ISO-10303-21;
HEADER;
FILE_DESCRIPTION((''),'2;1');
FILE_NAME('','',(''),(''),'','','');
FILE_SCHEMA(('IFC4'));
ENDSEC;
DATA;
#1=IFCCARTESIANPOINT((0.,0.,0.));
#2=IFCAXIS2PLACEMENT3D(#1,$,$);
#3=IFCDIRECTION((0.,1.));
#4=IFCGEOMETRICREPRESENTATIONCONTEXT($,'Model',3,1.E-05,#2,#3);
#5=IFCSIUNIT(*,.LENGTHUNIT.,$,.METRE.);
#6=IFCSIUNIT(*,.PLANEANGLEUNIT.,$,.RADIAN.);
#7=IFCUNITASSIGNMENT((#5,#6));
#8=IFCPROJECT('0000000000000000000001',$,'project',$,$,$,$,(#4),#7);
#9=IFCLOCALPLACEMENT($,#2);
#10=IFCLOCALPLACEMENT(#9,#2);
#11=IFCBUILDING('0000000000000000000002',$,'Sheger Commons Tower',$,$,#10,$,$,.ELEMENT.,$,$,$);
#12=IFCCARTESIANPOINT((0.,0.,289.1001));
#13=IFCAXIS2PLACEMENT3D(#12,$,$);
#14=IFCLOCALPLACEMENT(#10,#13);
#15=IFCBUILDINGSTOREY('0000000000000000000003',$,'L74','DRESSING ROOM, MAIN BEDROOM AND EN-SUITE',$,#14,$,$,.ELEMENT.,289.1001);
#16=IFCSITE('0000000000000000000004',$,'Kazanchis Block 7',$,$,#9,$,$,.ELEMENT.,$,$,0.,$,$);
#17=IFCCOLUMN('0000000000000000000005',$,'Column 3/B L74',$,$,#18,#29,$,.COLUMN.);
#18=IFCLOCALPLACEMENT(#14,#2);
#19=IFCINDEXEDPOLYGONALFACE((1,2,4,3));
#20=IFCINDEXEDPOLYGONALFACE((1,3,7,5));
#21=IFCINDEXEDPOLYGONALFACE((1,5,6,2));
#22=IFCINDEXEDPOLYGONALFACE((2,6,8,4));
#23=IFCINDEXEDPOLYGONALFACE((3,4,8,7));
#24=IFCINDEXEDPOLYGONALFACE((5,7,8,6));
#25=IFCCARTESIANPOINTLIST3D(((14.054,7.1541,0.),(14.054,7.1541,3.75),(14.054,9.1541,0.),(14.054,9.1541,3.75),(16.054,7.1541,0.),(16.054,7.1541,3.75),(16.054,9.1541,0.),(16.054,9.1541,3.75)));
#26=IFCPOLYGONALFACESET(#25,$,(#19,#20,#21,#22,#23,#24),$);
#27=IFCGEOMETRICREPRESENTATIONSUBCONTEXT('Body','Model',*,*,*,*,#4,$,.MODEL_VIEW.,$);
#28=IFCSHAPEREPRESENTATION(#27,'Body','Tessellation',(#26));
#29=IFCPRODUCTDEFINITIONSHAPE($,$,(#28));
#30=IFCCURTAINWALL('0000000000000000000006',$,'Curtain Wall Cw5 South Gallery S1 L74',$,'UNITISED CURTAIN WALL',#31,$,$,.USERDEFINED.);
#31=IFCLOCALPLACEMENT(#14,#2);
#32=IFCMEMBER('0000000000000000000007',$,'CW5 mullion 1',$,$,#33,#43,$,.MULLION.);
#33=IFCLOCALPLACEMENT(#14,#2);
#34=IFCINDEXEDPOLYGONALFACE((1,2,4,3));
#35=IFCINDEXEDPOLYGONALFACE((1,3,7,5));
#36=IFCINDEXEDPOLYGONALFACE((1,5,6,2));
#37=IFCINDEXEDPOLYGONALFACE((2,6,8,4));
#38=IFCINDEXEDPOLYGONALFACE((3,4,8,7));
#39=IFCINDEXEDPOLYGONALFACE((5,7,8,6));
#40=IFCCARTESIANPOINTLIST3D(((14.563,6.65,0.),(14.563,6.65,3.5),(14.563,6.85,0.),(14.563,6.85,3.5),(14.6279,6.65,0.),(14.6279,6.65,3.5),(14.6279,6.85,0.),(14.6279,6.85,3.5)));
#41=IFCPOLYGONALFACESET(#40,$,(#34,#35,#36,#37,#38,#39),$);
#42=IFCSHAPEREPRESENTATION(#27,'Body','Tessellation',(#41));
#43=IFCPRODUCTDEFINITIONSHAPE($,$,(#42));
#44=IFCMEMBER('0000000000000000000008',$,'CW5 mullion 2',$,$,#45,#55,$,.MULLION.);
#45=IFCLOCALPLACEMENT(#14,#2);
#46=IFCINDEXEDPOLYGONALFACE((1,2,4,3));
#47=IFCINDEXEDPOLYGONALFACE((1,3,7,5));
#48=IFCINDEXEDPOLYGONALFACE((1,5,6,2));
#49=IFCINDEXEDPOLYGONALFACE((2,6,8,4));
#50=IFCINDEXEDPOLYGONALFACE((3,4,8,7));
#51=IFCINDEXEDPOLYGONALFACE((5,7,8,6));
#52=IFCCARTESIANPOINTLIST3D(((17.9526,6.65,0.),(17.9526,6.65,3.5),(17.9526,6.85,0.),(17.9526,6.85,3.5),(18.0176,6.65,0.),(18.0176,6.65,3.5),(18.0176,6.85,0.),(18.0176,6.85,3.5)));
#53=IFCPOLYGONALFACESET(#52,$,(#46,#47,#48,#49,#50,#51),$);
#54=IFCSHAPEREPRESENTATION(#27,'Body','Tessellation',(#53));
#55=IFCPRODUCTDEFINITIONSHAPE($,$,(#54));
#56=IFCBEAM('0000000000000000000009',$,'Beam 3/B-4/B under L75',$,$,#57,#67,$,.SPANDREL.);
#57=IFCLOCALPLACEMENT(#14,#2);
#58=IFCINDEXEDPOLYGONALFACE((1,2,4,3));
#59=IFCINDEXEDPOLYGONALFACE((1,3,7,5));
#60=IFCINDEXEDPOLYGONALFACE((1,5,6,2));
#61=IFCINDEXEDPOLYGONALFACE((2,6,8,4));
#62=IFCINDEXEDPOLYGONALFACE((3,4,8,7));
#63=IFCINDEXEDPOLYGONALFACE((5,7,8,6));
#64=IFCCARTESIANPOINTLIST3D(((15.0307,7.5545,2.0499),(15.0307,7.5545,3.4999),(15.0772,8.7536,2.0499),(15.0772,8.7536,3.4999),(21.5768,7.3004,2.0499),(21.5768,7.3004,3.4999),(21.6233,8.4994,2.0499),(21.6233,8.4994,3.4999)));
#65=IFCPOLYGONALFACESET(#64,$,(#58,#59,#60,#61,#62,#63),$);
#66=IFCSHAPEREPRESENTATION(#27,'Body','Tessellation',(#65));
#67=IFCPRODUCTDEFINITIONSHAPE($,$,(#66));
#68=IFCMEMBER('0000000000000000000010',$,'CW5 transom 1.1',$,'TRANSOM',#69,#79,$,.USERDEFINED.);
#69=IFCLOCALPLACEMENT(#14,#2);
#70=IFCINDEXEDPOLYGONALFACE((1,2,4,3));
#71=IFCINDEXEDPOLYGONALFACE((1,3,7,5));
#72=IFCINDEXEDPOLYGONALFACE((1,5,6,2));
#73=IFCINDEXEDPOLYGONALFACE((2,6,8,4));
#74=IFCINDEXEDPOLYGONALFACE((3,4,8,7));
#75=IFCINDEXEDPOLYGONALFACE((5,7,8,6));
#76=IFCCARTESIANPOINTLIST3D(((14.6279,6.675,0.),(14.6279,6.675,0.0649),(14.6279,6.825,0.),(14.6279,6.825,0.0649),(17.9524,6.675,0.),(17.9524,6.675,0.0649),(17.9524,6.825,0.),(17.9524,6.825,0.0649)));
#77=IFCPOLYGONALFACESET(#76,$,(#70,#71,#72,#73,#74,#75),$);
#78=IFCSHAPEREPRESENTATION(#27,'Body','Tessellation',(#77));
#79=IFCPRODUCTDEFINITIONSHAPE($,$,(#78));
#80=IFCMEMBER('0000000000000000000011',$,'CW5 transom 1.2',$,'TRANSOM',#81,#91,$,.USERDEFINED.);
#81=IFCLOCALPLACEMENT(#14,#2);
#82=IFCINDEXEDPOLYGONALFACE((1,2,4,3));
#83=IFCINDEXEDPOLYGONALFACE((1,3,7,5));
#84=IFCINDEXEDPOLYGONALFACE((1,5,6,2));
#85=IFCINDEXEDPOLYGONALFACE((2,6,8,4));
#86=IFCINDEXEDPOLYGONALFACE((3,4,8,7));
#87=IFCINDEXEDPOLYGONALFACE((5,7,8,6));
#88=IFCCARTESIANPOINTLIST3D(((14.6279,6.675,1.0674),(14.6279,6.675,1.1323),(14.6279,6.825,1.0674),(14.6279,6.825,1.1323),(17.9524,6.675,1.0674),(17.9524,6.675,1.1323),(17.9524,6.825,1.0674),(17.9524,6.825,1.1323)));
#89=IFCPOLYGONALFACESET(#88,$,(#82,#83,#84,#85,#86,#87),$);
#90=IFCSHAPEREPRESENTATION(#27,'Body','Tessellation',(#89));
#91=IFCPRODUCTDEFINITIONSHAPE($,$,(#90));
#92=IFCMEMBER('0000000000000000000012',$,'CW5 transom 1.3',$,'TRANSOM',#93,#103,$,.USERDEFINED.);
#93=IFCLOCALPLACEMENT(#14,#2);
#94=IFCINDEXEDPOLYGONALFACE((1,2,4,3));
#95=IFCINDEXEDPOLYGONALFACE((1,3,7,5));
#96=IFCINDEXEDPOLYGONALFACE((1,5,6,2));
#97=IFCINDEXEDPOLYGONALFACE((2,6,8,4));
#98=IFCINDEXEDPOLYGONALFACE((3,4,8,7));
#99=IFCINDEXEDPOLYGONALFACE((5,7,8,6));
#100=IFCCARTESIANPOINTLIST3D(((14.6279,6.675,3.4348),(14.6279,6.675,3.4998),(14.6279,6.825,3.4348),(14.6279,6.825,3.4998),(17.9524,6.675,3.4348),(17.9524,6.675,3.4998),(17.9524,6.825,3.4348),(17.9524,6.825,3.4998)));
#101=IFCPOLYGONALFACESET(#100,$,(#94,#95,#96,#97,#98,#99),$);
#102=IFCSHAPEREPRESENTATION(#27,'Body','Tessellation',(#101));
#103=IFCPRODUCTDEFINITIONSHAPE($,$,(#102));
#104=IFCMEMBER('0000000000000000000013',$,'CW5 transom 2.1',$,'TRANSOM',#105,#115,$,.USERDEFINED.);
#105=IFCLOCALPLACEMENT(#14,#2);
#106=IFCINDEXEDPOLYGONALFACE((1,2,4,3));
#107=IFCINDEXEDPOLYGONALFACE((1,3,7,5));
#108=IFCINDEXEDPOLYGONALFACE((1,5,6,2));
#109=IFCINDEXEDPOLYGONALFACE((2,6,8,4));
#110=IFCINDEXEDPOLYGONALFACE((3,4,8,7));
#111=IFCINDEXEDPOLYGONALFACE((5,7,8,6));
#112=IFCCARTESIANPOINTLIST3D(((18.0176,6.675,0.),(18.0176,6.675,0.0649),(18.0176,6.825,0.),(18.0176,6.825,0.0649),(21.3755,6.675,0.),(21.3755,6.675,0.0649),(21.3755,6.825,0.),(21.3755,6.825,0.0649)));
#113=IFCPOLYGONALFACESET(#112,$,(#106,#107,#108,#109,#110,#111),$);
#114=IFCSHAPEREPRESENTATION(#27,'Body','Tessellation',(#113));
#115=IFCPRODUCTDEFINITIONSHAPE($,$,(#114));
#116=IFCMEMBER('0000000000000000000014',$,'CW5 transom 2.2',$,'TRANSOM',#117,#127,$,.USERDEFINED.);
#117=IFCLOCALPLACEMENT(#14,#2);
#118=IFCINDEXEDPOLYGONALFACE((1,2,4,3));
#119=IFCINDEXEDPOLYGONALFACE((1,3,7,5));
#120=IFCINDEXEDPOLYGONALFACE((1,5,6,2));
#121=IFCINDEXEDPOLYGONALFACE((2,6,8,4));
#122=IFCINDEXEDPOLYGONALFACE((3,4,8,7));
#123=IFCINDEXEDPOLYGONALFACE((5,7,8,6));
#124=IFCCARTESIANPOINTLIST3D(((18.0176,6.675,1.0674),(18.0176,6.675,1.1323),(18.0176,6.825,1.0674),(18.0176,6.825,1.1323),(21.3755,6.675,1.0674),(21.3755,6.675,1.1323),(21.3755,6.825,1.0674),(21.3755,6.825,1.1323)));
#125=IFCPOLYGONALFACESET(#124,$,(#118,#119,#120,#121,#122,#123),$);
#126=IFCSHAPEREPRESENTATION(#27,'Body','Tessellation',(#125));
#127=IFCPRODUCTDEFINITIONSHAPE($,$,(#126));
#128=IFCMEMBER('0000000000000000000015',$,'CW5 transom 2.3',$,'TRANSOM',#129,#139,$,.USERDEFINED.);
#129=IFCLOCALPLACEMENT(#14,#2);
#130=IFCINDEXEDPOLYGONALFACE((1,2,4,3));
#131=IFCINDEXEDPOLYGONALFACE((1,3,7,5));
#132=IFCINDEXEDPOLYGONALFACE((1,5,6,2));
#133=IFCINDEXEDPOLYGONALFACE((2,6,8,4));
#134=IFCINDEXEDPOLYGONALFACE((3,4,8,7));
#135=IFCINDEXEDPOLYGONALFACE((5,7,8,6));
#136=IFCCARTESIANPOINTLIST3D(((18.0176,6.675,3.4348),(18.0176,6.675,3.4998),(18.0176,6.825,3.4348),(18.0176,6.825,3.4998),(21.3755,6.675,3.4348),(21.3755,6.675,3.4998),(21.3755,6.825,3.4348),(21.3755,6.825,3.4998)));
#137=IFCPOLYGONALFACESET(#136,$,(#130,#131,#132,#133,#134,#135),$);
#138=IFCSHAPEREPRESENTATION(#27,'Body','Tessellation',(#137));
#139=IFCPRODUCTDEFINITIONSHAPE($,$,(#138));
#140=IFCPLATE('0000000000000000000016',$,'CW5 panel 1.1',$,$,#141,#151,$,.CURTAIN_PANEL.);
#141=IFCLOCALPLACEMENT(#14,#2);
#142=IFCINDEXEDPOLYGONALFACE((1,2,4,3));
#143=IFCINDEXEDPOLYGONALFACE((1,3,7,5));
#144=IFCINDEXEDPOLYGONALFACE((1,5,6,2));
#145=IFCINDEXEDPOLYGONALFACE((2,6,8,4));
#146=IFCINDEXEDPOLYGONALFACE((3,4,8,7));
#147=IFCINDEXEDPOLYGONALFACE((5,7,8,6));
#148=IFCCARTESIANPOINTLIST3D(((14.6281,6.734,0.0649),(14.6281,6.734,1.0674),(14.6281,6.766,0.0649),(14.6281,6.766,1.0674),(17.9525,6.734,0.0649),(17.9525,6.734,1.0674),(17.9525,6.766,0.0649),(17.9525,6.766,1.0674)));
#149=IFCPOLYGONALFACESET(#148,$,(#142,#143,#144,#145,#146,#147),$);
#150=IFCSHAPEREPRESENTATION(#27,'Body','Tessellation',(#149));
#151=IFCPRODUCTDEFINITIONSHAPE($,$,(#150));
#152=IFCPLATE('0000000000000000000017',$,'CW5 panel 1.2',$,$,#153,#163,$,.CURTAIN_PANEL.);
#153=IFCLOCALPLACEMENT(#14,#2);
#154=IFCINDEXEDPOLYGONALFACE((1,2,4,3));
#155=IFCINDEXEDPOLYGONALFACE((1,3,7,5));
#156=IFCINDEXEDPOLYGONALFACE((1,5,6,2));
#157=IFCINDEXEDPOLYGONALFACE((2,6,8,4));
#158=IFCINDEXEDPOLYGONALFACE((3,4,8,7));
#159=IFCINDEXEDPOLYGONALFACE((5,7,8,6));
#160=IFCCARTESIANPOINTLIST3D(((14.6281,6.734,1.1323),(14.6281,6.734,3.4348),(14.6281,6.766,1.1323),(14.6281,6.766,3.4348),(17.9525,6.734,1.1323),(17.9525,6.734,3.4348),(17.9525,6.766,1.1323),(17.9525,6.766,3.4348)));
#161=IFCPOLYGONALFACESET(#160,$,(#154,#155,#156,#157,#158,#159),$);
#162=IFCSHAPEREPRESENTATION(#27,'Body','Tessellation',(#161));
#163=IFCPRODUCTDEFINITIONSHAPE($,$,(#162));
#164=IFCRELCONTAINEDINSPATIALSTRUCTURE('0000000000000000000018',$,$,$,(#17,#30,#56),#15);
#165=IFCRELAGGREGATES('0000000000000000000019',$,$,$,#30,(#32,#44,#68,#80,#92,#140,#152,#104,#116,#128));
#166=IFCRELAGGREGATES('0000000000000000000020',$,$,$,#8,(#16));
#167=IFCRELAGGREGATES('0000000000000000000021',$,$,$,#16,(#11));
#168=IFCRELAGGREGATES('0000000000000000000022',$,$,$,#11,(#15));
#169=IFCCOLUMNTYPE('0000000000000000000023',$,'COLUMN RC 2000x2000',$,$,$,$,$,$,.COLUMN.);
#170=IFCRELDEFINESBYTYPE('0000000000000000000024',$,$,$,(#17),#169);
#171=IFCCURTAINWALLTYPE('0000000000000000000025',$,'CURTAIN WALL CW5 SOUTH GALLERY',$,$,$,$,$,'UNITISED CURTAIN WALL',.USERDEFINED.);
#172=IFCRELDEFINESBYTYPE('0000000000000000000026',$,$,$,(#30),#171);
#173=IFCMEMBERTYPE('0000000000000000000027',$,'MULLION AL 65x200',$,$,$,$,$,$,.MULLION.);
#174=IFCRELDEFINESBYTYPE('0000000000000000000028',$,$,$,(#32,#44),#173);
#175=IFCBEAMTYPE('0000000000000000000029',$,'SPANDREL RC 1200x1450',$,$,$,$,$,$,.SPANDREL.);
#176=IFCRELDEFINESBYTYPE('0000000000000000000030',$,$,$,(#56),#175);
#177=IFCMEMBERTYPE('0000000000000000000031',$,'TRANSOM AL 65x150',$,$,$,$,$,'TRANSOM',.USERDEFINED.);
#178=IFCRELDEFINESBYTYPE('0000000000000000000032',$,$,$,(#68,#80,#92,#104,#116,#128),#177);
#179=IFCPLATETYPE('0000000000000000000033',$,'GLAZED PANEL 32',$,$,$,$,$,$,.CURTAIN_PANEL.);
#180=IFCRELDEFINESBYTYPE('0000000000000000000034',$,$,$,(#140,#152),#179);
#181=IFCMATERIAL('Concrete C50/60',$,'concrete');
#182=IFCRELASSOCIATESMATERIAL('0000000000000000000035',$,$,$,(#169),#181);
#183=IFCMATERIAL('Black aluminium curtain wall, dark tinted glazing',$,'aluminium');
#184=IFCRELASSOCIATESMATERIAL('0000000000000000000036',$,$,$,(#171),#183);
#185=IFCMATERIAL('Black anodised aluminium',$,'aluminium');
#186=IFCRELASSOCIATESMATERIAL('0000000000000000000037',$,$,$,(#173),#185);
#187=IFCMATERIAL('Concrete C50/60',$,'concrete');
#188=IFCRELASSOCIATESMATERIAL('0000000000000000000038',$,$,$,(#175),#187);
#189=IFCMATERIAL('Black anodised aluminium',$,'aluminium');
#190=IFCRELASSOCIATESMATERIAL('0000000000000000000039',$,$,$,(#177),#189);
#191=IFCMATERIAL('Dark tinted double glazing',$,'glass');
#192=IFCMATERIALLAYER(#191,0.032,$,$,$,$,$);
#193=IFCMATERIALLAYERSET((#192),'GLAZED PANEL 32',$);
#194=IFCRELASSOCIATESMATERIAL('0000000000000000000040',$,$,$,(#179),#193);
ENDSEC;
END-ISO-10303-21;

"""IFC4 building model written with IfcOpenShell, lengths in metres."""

from ifc_helpers import new_model, si_unit, direction, frame, origin, origin_2d, place, context, subcontext, project, spatial, rectangle, extrude, material, layer, layer_set, material_profile, profile_set, type_object, element, aggregate, save


model = new_model("IFC4")

# Units and contexts
model_context = context("Model", 3, precision=1e-05, world=origin(), true_north=direction((0.0, 1.0)))
body_context = subcontext(model_context, "Body", "Model", "MODEL_VIEW")
ifc_project = project(units=[si_unit("LENGTHUNIT", "METRE"), si_unit("PLANEANGLEUNIT", "RADIAN")], contexts=[model_context])

# Site, building, storey
site_placement = place(None, origin())
site = spatial("IfcSite", under=ifc_project, at=site_placement, Name="Kazanchis Block 7", CompositionType="ELEMENT", RefElevation=0.0)
building_placement = place(site_placement, origin())
building = spatial("IfcBuilding", under=site, at=building_placement, Name="Sheger Commons Tower", CompositionType="ELEMENT")
storey_placement = place(building_placement, frame((0.0, 0.0, 289.1001)))
storey = spatial("IfcBuildingStorey", under=building, at=storey_placement, Name="L74", Description="DRESSING ROOM, MAIN BEDROOM AND EN-SUITE", CompositionType="ELEMENT", Elevation=289.1001)

# Column
ifc_material_1 = material(Name="Concrete C50/60", Category="concrete")
ifc_material_profile_1 = material_profile(ifc_material_1, rectangle(XDim=2.0, YDim=2.0, at=origin_2d()), Name="RC 2000x2000")
ifc_profile_set_1 = profile_set([ifc_material_profile_1], Name="Concrete C50/60")
column_type = type_object("IfcColumnType", Name="COLUMN RC 2000x2000", PredefinedType="COLUMN", material=ifc_profile_set_1)
column_placement = place(storey_placement, frame((15.054, 8.1541, 0.0), z_axis=(0.0, 0.0, 1.0), x_axis=(1.0, 0.0, 0.0)))
element("IfcColumn", 1, at=column_placement, inside=storey, type_object=column_type, Name="Column 3/B L74", PredefinedType="COLUMN", context=body_context, shape_type="SweptSolid", body=[
    extrude(rectangle(XDim=2.0, YDim=2.0, at=origin_2d()), origin(), (0.0, 0.0, 1.0), 3.75),
])

# Curtain wall, members
ifc_material_2 = material(Name="Black aluminium curtain wall, dark tinted glazing", Category="aluminium")
curtain_wall_type = type_object("IfcCurtainWallType", Name="CURTAIN WALL CW5 SOUTH GALLERY", ElementType="UNITISED CURTAIN WALL", PredefinedType="USERDEFINED", material=ifc_material_2)
curtain_wall_placement = place(storey_placement, origin())
curtain_wall = element("IfcCurtainWall", 2, at=curtain_wall_placement, inside=storey, type_object=curtain_wall_type, Name="Curtain Wall Cw5 South Gallery S1 L74", ObjectType="UNITISED CURTAIN WALL", PredefinedType="USERDEFINED")
ifc_material_3 = material(Name="Black anodised aluminium", Category="aluminium")
ifc_material_profile_2 = material_profile(ifc_material_3, rectangle(XDim=0.2, YDim=0.0649, at=origin_2d()), Name="AL 65x200")
ifc_profile_set_2 = profile_set([ifc_material_profile_2], Name="Black anodised aluminium")
member_type_1 = type_object("IfcMemberType", Name="MULLION AL 65x200", PredefinedType="MULLION", material=ifc_profile_set_2)
member_1_placement = place(storey_placement, frame((14.5955, 6.75, 0.0), z_axis=(0.0, 0.0, 1.0), x_axis=(0.0, 1.0, 0.0)))
member_1 = element("IfcMember", 3, at=member_1_placement, type_object=member_type_1, Name="CW5 mullion 1", PredefinedType="MULLION", context=body_context, shape_type="SweptSolid", body=[
    extrude(rectangle(XDim=0.2, YDim=0.0649, at=origin_2d()), origin(), (0.0, 0.0, 1.0), 3.5),
])
member_2_placement = place(storey_placement, frame((17.9851, 6.75, 0.0), z_axis=(0.0, 0.0, 1.0), x_axis=(0.0, 1.0, 0.0)))
member_2 = element("IfcMember", 4, at=member_2_placement, type_object=member_type_1, Name="CW5 mullion 2", PredefinedType="MULLION", context=body_context, shape_type="SweptSolid", body=[
    extrude(rectangle(XDim=0.2, YDim=0.0649, at=origin_2d()), origin(), (0.0, 0.0, 1.0), 3.5),
])

# Beam
ifc_material_4 = material(Name="Concrete C50/60", Category="concrete")
ifc_material_profile_3 = material_profile(ifc_material_4, rectangle(XDim=1.2, YDim=1.45, at=origin_2d()), Name="RC 1200x1450")
ifc_profile_set_3 = profile_set([ifc_material_profile_3], Name="Concrete C50/60")
beam_type = type_object("IfcBeamType", Name="SPANDREL RC 1200x1450", PredefinedType="SPANDREL", material=ifc_profile_set_3)
beam_placement = place(storey_placement, frame((15.054, 8.1541, 2.7749), z_axis=(0.999247, -0.038795, 0.0), x_axis=(0.038795, 0.999247, 0.0)))
element("IfcBeam", 5, at=beam_placement, inside=storey, type_object=beam_type, Name="Beam 3/B-4/B under L75", PredefinedType="SPANDREL", context=body_context, shape_type="SweptSolid", body=[
    extrude(rectangle(XDim=1.2, YDim=1.45, at=origin_2d()), origin(), (0.0, 0.0, 1.0), 6.551),
])

# Members
ifc_material_5 = material(Name="Black anodised aluminium", Category="aluminium")
ifc_material_profile_4 = material_profile(ifc_material_5, rectangle(XDim=0.1499, YDim=0.0649, at=origin_2d()), Name="AL 65x150")
ifc_profile_set_4 = profile_set([ifc_material_profile_4], Name="Black anodised aluminium")
member_type_2 = type_object("IfcMemberType", Name="TRANSOM AL 65x150", ElementType="TRANSOM", PredefinedType="USERDEFINED", material=ifc_profile_set_4)
member_3_placement = place(storey_placement, frame((14.6279, 6.75, 0.0325), z_axis=(1.0, 0.0, 0.0), x_axis=(0.0, 1.0, 0.0)))
member_3 = element("IfcMember", 6, at=member_3_placement, type_object=member_type_2, Name="CW5 transom 1.1", ObjectType="TRANSOM", PredefinedType="USERDEFINED", context=body_context, shape_type="SweptSolid", body=[
    extrude(rectangle(XDim=0.1499, YDim=0.0649, at=origin_2d()), origin(), (0.0, 0.0, 1.0), 3.3245),
])
member_4_placement = place(storey_placement, frame((14.6279, 6.75, 1.0999), z_axis=(1.0, 0.0, 0.0), x_axis=(0.0, 1.0, 0.0)))
member_4 = element("IfcMember", 7, at=member_4_placement, type_object=member_type_2, Name="CW5 transom 1.2", ObjectType="TRANSOM", PredefinedType="USERDEFINED", context=body_context, shape_type="SweptSolid", body=[
    extrude(rectangle(XDim=0.1499, YDim=0.0649, at=origin_2d()), origin(), (0.0, 0.0, 1.0), 3.3245),
])
member_5_placement = place(storey_placement, frame((14.6279, 6.75, 3.4673), z_axis=(1.0, 0.0, 0.0), x_axis=(0.0, 1.0, 0.0)))
member_5 = element("IfcMember", 8, at=member_5_placement, type_object=member_type_2, Name="CW5 transom 1.3", ObjectType="TRANSOM", PredefinedType="USERDEFINED", context=body_context, shape_type="SweptSolid", body=[
    extrude(rectangle(XDim=0.1499, YDim=0.0649, at=origin_2d()), origin(), (0.0, 0.0, 1.0), 3.3245),
])
member_6_placement = place(storey_placement, frame((18.0176, 6.75, 0.0325), z_axis=(1.0, 0.0, 0.0), x_axis=(0.0, 1.0, 0.0)))
member_6 = element("IfcMember", 9, at=member_6_placement, type_object=member_type_2, Name="CW5 transom 2.1", ObjectType="TRANSOM", PredefinedType="USERDEFINED", context=body_context, shape_type="SweptSolid", body=[
    extrude(rectangle(XDim=0.1499, YDim=0.0649, at=origin_2d()), origin(), (0.0, 0.0, 1.0), 3.3579),
])
member_7_placement = place(storey_placement, frame((18.0176, 6.75, 1.0999), z_axis=(1.0, 0.0, 0.0), x_axis=(0.0, 1.0, 0.0)))
member_7 = element("IfcMember", 10, at=member_7_placement, type_object=member_type_2, Name="CW5 transom 2.2", ObjectType="TRANSOM", PredefinedType="USERDEFINED", context=body_context, shape_type="SweptSolid", body=[
    extrude(rectangle(XDim=0.1499, YDim=0.0649, at=origin_2d()), origin(), (0.0, 0.0, 1.0), 3.3579),
])
member_8_placement = place(storey_placement, frame((18.0176, 6.75, 3.4673), z_axis=(1.0, 0.0, 0.0), x_axis=(0.0, 1.0, 0.0)))
member_8 = element("IfcMember", 11, at=member_8_placement, type_object=member_type_2, Name="CW5 transom 2.3", ObjectType="TRANSOM", PredefinedType="USERDEFINED", context=body_context, shape_type="SweptSolid", body=[
    extrude(rectangle(XDim=0.1499, YDim=0.0649, at=origin_2d()), origin(), (0.0, 0.0, 1.0), 3.3579),
])

# Plates
ifc_material_6 = material(Name="Dark tinted double glazing", Category="glass")
ifc_layer_1 = layer(ifc_material_6, 0.032)
ifc_layer_set_1 = layer_set([ifc_layer_1], Name="GLAZED PANEL 32")
plate_type = type_object("IfcPlateType", Name="GLAZED PANEL 32", PredefinedType="CURTAIN_PANEL", material=ifc_layer_set_1)
plate_1_placement = place(storey_placement, frame((16.2903, 6.75, 0.0649), z_axis=(0.0, 0.0, 1.0), x_axis=(1.0, 0.0, 0.0)))
plate_1 = element("IfcPlate", 12, at=plate_1_placement, type_object=plate_type, Name="CW5 panel 1.1", PredefinedType="CURTAIN_PANEL", context=body_context, shape_type="SweptSolid", body=[
    extrude(rectangle(XDim=3.3245, YDim=0.032, at=origin_2d()), origin(), (0.0, 0.0, 1.0), 1.0024),
])
plate_2_placement = place(storey_placement, frame((16.2903, 6.75, 1.1323), z_axis=(0.0, 0.0, 1.0), x_axis=(1.0, 0.0, 0.0)))
plate_2 = element("IfcPlate", 13, at=plate_2_placement, type_object=plate_type, Name="CW5 panel 1.2", PredefinedType="CURTAIN_PANEL", context=body_context, shape_type="SweptSolid", body=[
    extrude(rectangle(XDim=3.3245, YDim=0.032, at=origin_2d()), origin(), (0.0, 0.0, 1.0), 2.3025),
])
aggregate(curtain_wall, [member_1, member_2, member_3, member_4, member_5, plate_1, plate_2, member_6, member_7, member_8])

save(model, "model.ifc")
